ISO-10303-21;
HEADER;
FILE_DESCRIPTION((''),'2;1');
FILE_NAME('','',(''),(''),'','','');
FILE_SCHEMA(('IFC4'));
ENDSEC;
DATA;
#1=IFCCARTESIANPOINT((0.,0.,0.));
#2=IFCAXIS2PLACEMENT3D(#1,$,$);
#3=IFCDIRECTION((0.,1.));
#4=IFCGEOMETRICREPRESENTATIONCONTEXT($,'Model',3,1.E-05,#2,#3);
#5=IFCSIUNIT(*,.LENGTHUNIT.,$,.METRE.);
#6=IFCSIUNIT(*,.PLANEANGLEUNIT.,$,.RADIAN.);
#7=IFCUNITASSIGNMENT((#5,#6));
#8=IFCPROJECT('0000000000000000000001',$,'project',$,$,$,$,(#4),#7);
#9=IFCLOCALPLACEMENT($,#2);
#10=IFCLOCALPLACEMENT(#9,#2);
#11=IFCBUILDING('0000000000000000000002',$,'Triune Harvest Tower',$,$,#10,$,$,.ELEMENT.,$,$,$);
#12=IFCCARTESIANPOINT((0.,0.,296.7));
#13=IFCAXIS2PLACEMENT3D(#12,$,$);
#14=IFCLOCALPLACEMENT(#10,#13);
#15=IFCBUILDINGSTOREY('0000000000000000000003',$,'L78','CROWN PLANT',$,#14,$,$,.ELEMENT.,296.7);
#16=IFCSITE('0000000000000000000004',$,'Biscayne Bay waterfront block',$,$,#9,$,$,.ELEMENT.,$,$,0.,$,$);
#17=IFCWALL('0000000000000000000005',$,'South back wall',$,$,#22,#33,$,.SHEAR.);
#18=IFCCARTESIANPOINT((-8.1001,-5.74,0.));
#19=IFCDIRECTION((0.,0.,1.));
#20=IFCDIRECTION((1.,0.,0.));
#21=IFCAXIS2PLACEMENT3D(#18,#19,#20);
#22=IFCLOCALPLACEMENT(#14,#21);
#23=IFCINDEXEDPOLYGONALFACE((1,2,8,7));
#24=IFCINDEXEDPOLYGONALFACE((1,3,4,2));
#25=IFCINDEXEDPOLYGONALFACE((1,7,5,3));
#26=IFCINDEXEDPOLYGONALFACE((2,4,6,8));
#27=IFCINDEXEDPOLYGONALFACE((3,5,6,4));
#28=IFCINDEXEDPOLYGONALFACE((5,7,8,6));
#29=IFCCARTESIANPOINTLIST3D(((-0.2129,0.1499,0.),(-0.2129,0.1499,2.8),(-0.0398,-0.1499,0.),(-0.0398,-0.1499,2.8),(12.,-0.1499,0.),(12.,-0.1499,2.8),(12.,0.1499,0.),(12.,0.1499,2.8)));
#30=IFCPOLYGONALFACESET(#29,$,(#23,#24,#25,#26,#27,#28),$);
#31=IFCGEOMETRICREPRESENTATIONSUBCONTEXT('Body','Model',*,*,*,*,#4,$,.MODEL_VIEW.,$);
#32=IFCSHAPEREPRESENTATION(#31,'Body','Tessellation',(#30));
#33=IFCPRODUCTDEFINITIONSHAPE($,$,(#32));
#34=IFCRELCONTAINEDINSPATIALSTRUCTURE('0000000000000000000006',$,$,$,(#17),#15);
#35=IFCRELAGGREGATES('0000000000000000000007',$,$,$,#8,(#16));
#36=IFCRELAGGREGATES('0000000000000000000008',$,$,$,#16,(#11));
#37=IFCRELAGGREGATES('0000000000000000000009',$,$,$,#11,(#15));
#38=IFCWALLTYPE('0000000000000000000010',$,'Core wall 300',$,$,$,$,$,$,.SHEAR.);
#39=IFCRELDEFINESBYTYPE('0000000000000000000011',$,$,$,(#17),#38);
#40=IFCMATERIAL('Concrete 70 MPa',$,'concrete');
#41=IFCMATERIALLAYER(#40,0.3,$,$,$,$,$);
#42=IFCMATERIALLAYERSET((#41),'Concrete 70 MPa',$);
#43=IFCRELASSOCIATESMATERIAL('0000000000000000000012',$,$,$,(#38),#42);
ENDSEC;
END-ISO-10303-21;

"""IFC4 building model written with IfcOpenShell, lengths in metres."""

from ifc_helpers import new_model, si_unit, direction, frame, origin, place, context, subcontext, project, spatial, polyline, outline, extrude, material, layer, layer_set, type_object, element, save


model = new_model("IFC4")

# Units and contexts
model_context = context("Model", 3, precision=1e-05, world=origin(), true_north=direction((0.0, 1.0)))
body_context = subcontext(model_context, "Body", "Model", "MODEL_VIEW")
ifc_project = project(units=[si_unit("LENGTHUNIT", "METRE"), si_unit("PLANEANGLEUNIT", "RADIAN")], contexts=[model_context])

# Site, building, storey
site_placement = place(None, origin())
site = spatial("IfcSite", under=ifc_project, at=site_placement, Name="Biscayne Bay waterfront block", CompositionType="ELEMENT", RefElevation=0.0)
building_placement = place(site_placement, origin())
building = spatial("IfcBuilding", under=site, at=building_placement, Name="Triune Harvest Tower", CompositionType="ELEMENT")
storey_placement = place(building_placement, frame((0.0, 0.0, 296.7)))
storey = spatial("IfcBuildingStorey", under=building, at=storey_placement, Name="L78", Description="CROWN PLANT", CompositionType="ELEMENT", Elevation=296.7)

# Shared definitions
ifc_material_1 = material(Name="Concrete 70 MPa", Category="concrete")
ifc_layer_1 = layer(ifc_material_1, 0.3)
ifc_layer_set_1 = layer_set([ifc_layer_1], Name="Concrete 70 MPa")
wall_type_1 = type_object("IfcWallType", Name="Core wall 300", PredefinedType="SHEAR", material=ifc_layer_set_1)

# Wall
wall_1_placement = place(storey_placement, frame((-8.1001, -5.74, 0.0), z_axis=(0.0, 0.0, 1.0), x_axis=(1.0, 0.0, 0.0)))
element("IfcWall", 1, at=wall_1_placement, inside=storey, type_object=wall_type_1, Name="South back wall", PredefinedType="SHEAR", context=body_context, shape_type="SweptSolid", body=[
    extrude(outline(polyline([(12.0, -0.1499), (-0.0398, -0.1499), (-0.2129, 0.1499), (12.0, 0.1499), (12.0, -0.1499)])), origin(), (0.0, 0.0, 1.0), 2.8),
])

save(model, "model.ifc")
